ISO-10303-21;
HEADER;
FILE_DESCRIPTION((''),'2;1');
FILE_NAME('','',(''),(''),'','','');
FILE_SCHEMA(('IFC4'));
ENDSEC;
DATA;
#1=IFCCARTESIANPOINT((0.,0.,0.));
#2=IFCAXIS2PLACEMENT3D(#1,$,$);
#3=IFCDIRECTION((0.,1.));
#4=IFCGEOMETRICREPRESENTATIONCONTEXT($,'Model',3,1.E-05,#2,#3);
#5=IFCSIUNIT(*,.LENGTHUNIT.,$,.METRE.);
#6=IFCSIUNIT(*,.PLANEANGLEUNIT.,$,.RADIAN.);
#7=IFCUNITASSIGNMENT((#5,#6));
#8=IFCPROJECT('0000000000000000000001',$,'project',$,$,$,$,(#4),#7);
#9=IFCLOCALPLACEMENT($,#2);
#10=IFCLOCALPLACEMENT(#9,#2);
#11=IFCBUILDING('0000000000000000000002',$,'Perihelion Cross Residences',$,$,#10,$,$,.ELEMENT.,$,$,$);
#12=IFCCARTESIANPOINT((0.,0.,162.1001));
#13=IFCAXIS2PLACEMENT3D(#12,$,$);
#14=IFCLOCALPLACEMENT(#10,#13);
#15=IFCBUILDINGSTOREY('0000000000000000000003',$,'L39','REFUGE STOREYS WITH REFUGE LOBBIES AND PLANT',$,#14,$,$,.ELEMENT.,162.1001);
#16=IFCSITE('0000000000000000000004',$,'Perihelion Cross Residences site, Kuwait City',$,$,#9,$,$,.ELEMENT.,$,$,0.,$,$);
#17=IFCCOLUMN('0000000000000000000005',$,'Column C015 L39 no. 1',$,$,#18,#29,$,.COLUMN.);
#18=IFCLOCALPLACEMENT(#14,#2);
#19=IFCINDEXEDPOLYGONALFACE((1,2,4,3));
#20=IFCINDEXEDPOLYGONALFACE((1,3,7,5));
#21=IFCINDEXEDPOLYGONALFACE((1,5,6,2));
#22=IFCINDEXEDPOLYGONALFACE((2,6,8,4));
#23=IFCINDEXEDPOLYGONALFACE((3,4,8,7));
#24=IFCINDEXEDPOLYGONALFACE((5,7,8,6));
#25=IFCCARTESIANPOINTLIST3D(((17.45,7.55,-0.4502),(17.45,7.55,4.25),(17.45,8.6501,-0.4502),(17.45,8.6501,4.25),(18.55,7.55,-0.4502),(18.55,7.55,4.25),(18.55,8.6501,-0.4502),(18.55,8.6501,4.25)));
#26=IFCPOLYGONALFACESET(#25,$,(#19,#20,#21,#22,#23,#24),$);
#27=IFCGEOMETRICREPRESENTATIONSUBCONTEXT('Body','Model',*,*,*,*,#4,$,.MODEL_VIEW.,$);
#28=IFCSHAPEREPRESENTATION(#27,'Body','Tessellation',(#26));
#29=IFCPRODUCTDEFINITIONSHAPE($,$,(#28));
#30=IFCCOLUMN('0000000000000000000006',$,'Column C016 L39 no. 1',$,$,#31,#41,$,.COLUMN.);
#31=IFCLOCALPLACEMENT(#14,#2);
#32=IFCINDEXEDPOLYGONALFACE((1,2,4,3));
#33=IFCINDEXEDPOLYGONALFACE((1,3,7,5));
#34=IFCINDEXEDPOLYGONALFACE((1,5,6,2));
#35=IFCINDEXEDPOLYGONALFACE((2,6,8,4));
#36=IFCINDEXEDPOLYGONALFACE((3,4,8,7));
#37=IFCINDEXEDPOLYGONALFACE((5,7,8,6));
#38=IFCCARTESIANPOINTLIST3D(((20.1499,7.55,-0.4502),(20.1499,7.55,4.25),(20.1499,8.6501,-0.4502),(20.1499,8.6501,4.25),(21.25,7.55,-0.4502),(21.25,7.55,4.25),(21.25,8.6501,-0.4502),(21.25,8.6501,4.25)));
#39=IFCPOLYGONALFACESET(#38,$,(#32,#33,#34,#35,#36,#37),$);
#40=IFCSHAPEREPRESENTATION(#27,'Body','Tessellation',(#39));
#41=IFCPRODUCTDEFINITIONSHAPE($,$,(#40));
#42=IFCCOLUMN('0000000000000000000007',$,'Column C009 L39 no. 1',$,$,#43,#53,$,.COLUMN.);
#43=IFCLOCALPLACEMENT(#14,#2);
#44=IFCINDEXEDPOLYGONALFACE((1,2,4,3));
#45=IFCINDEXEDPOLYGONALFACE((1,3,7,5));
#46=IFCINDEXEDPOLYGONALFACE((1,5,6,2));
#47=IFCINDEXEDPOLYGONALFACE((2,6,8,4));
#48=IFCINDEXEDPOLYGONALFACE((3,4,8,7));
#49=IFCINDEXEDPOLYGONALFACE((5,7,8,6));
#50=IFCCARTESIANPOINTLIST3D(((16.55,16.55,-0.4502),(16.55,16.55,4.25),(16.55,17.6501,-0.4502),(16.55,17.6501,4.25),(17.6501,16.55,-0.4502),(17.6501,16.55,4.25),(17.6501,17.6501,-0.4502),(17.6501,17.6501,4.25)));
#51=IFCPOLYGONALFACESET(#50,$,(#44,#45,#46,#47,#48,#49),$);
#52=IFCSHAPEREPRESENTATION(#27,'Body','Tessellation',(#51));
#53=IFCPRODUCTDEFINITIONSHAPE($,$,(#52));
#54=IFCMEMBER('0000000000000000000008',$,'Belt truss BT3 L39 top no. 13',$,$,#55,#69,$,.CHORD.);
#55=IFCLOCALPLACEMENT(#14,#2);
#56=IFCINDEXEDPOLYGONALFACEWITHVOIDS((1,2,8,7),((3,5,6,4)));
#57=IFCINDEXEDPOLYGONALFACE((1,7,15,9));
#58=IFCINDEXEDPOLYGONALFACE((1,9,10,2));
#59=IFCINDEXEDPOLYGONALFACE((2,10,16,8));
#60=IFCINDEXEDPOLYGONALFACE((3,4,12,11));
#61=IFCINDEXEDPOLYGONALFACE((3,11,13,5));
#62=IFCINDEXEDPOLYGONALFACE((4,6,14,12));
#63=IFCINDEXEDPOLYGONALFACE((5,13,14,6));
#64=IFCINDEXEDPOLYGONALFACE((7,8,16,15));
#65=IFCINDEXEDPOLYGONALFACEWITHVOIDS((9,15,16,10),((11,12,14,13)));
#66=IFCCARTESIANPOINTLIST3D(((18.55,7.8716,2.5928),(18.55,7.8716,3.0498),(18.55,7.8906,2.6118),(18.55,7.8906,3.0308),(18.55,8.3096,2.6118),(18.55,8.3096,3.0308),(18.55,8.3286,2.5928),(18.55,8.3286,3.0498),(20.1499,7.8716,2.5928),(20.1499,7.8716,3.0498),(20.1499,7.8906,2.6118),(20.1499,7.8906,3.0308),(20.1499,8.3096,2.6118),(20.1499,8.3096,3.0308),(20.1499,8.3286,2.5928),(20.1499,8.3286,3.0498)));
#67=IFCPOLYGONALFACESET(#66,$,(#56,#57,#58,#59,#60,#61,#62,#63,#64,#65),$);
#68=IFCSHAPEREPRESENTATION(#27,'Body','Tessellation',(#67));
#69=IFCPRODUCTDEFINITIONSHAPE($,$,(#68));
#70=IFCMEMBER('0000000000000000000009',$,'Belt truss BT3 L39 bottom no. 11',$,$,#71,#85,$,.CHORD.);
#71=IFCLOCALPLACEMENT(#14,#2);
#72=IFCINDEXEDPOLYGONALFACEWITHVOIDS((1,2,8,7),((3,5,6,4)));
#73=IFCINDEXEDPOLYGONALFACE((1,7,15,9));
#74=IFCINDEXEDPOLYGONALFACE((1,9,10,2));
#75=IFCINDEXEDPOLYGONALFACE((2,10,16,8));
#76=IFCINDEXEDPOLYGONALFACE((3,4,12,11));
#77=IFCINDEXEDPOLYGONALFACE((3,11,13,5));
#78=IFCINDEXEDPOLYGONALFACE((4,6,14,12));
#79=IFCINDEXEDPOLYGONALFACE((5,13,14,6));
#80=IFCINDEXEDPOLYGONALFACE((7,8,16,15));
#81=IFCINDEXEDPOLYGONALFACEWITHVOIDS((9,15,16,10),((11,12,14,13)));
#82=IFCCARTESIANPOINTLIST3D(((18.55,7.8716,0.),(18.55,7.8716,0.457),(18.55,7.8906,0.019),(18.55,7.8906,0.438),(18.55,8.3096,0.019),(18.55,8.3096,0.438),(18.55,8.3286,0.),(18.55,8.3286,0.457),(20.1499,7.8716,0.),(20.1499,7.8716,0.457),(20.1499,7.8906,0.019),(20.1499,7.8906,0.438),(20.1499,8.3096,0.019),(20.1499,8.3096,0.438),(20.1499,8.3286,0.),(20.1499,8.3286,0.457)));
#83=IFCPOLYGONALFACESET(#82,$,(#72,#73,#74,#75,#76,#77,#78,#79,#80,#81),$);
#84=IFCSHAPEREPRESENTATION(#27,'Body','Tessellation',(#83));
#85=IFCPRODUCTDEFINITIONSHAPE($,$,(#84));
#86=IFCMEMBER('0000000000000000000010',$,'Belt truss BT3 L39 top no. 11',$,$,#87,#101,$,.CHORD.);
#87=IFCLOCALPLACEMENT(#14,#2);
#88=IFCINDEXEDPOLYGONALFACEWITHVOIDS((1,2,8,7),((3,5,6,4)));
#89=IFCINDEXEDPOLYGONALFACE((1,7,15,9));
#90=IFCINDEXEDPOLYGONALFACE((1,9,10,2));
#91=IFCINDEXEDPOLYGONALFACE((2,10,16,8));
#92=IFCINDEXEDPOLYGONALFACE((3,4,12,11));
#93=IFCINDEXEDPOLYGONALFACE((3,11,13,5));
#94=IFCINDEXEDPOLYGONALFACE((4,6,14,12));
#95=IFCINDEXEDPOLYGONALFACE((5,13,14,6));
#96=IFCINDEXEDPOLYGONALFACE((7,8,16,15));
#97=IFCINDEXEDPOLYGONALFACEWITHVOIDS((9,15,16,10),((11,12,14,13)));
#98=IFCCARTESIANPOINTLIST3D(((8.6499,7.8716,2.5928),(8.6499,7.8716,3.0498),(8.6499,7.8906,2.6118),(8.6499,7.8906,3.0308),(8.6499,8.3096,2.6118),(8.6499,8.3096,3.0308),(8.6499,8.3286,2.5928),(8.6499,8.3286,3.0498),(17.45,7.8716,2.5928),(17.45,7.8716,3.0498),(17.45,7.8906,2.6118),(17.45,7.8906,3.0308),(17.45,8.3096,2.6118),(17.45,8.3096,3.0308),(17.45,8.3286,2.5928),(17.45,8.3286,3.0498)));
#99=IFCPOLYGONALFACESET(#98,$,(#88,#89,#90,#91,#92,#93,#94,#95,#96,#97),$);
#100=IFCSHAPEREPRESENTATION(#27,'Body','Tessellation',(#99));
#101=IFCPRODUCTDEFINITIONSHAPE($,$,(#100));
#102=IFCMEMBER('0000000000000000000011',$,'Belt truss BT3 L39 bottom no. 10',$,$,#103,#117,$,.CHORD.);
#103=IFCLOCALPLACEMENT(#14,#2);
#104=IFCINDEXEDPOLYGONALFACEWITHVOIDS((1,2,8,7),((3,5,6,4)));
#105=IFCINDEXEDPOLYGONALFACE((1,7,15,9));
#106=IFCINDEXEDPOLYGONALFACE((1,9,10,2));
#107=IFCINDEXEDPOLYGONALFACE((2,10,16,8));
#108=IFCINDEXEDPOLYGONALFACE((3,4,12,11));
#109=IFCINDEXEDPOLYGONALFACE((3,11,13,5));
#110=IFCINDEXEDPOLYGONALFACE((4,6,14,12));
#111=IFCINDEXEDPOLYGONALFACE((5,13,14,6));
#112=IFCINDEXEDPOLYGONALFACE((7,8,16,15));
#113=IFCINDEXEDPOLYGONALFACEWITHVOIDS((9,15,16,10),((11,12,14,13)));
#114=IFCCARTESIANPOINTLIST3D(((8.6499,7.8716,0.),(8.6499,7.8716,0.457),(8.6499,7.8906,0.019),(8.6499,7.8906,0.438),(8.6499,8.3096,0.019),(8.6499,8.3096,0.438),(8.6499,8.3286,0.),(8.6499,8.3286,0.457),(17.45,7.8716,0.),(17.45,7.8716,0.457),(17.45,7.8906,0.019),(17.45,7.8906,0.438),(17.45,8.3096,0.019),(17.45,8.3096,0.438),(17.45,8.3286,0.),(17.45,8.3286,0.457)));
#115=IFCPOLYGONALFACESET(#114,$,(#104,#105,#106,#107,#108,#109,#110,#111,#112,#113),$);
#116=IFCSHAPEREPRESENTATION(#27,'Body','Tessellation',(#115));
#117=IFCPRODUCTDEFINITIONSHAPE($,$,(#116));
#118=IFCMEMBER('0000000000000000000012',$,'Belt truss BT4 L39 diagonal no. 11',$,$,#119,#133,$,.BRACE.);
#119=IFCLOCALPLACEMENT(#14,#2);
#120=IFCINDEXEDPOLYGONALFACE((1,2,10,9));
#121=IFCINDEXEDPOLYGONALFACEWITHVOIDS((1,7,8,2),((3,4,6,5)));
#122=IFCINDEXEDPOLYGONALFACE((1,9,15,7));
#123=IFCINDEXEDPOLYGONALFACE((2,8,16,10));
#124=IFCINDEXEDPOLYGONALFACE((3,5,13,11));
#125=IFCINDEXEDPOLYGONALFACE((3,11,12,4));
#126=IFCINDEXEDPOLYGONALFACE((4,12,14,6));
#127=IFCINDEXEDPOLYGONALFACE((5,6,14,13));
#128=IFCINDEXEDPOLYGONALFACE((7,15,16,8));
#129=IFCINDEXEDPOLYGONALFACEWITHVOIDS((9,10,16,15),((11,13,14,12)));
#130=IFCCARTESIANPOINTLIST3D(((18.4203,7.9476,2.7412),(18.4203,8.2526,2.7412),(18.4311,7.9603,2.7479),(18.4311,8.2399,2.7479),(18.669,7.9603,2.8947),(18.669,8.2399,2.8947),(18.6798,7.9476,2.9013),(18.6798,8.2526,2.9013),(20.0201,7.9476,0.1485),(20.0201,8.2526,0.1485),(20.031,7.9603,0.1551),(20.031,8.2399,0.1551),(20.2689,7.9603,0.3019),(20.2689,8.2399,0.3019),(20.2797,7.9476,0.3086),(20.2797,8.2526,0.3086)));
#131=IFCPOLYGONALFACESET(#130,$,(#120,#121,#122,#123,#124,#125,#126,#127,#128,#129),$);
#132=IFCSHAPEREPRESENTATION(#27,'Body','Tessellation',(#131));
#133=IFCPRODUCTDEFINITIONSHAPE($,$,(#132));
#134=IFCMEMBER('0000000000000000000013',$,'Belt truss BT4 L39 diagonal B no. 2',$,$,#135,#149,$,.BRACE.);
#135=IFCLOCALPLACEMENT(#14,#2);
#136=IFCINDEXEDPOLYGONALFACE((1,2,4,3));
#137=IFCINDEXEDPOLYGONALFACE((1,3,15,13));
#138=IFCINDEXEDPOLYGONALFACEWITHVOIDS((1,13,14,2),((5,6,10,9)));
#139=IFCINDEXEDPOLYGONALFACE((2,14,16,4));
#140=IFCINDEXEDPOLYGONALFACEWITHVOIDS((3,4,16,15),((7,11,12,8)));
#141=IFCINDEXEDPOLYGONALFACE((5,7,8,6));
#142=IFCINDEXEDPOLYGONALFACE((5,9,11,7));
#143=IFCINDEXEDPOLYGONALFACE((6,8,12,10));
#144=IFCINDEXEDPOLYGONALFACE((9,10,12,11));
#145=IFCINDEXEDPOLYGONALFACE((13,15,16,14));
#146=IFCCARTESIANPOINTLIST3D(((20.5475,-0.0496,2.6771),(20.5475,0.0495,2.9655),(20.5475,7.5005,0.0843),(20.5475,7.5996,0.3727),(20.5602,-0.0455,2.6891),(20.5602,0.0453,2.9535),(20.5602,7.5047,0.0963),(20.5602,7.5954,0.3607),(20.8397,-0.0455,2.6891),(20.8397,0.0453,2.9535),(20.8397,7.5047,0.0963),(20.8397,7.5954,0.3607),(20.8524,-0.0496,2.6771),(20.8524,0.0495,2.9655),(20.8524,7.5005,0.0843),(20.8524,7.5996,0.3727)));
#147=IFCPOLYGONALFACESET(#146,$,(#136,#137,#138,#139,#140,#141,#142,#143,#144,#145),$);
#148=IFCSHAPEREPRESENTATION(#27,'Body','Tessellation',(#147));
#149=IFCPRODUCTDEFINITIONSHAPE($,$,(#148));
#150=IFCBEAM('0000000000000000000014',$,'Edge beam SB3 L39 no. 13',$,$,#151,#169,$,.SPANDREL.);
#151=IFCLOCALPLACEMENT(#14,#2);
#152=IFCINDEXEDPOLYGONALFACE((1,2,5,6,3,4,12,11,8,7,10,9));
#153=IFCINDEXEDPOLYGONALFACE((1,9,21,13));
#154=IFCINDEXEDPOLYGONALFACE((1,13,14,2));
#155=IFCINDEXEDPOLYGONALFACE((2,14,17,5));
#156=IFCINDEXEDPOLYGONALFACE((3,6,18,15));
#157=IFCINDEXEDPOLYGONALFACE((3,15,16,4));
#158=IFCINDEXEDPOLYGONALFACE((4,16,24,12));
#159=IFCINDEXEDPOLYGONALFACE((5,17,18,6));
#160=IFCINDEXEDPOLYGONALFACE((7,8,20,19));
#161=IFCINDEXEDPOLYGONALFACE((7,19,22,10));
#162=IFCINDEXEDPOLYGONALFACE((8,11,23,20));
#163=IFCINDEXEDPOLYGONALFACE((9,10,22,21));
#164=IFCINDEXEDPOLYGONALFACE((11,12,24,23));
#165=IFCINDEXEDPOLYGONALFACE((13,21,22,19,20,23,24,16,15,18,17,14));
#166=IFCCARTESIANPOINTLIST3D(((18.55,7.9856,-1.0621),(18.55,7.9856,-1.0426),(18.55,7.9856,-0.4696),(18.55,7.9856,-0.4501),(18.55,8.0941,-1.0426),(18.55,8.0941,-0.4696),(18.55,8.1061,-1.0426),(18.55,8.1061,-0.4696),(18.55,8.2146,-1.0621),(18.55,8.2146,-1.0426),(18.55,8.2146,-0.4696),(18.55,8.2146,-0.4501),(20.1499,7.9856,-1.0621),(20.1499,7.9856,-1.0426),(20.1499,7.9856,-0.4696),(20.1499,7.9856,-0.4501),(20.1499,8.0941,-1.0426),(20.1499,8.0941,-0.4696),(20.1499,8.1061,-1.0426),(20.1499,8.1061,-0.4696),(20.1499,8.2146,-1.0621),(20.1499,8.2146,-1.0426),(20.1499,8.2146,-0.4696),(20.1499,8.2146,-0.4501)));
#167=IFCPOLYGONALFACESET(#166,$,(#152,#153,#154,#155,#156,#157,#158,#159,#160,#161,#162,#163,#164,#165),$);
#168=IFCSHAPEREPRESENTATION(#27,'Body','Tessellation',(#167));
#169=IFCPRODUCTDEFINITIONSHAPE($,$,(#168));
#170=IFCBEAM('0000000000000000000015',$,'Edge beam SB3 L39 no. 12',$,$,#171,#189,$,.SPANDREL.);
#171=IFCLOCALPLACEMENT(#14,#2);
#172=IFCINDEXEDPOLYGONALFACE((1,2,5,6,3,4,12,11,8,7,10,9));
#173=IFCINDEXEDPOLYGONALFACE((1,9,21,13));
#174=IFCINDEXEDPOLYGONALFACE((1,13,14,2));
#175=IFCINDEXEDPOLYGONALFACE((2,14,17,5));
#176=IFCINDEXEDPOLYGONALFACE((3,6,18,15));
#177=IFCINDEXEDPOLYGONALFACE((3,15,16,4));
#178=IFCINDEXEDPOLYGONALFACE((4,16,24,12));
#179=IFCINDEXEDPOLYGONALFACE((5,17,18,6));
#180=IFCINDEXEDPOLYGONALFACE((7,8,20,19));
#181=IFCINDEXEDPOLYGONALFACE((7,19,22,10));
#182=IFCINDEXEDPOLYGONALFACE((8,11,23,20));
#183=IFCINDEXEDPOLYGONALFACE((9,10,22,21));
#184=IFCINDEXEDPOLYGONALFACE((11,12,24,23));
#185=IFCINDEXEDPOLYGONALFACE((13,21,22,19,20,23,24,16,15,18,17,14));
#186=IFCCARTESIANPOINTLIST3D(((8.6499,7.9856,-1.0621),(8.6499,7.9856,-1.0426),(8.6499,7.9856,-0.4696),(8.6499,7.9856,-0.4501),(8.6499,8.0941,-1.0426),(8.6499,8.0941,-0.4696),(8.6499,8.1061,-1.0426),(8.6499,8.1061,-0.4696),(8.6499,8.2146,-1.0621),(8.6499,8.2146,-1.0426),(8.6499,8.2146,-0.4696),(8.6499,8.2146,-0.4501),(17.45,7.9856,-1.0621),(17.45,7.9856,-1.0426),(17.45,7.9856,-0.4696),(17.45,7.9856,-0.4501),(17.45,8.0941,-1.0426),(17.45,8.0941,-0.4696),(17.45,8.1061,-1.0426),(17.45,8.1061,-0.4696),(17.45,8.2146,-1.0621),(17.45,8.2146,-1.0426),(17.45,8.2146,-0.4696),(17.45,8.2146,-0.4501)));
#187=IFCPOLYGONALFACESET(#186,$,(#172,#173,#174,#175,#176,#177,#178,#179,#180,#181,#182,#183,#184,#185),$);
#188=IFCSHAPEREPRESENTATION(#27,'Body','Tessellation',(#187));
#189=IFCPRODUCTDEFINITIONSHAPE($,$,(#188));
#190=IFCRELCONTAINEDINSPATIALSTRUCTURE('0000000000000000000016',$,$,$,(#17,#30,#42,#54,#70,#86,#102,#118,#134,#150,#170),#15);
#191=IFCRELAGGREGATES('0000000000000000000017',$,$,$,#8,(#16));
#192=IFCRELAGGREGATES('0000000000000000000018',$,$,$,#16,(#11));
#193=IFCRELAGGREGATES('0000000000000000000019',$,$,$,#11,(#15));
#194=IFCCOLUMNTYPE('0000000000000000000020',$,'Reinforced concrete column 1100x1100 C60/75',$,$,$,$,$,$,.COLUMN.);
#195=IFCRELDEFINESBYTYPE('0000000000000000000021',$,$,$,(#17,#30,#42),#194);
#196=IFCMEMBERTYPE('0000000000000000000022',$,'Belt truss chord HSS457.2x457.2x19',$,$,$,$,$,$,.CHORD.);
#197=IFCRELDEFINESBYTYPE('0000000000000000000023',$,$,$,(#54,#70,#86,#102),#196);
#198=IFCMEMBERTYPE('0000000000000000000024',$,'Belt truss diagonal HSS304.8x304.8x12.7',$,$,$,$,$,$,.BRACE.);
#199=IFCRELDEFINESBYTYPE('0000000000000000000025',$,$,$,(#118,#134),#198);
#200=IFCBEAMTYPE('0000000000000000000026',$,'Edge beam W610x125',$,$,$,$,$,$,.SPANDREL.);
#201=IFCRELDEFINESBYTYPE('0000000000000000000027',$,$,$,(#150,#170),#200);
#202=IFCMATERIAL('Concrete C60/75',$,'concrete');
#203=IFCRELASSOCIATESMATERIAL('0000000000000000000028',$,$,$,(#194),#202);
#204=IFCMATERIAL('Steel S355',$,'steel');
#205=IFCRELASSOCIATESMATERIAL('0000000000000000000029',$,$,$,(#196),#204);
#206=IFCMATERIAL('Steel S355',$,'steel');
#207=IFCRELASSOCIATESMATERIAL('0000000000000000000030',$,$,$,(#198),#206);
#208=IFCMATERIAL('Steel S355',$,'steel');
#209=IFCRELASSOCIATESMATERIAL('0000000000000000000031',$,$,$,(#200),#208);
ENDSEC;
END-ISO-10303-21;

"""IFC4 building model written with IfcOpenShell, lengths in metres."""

from ifc_helpers import new_model, si_unit, direction, frame, origin, origin_2d, place, context, subcontext, project, spatial, rectangle, hollow_rectangle, i_section, extrude, material, material_profile, profile_set, type_object, element, save


model = new_model("IFC4")

# Units and contexts
model_context = context("Model", 3, precision=1e-05, world=origin(), true_north=direction((0.0, 1.0)))
body_context = subcontext(model_context, "Body", "Model", "MODEL_VIEW")
ifc_project = project(units=[si_unit("LENGTHUNIT", "METRE"), si_unit("PLANEANGLEUNIT", "RADIAN")], contexts=[model_context])

# Site, building, storey
site_placement = place(None, origin())
site = spatial("IfcSite", under=ifc_project, at=site_placement, Name="Perihelion Cross Residences site, Kuwait City", CompositionType="ELEMENT", RefElevation=0.0)
building_placement = place(site_placement, origin())
building = spatial("IfcBuilding", under=site, at=building_placement, Name="Perihelion Cross Residences", CompositionType="ELEMENT")
storey_placement = place(building_placement, frame((0.0, 0.0, 162.1001)))
storey = spatial("IfcBuildingStorey", under=building, at=storey_placement, Name="L39", Description="REFUGE STOREYS WITH REFUGE LOBBIES AND PLANT", CompositionType="ELEMENT", Elevation=162.1001)

# Columns
ifc_material_1 = material(Name="Concrete C60/75", Category="concrete")
ifc_material_profile_1 = material_profile(ifc_material_1, rectangle(XDim=1.1001, YDim=1.1001, at=origin_2d()), Name="RC 1100x1100")
ifc_profile_set_1 = profile_set([ifc_material_profile_1], Name="Concrete C60/75")
column_type = type_object("IfcColumnType", Name="Reinforced concrete column 1100x1100 C60/75", PredefinedType="COLUMN", material=ifc_profile_set_1)
for number, where, z_axis, x_axis, name in (
    (1, (18.0, 8.1001, -0.4502), (0.0, 0.0, 1.0), (1.0, 0.0, 0.0), "Column C015 L39 no. 1"),
    (2, (20.7, 8.1001, -0.4502), (0.0, 0.0, 1.0), (1.0, 0.0, 0.0), "Column C016 L39 no. 1"),
    (3, (17.1001, 17.1001, -0.4502), (0.0, 0.0, 1.0), (1.0, 0.0, 0.0), "Column C009 L39 no. 1"),
):
    element("IfcColumn", number, at=place(storey_placement, frame(where, z_axis=z_axis, x_axis=x_axis)), inside=storey, type_object=column_type, Name=name, PredefinedType="COLUMN", context=body_context, shape_type="SweptSolid", body=[
        extrude(rectangle(XDim=1.1001, YDim=1.1001, at=origin_2d()), origin(), (0.0, 0.0, 1.0), 4.7002),
    ])

# Members
ifc_material_2 = material(Name="Steel S355", Category="steel")
ifc_material_profile_2 = material_profile(ifc_material_2, hollow_rectangle(XDim=0.457, YDim=0.457, WallThickness=0.019, at=origin_2d()), Name="HSS457.2x457.2x19")
ifc_profile_set_2 = profile_set([ifc_material_profile_2], Name="Steel S355")
member_type_1 = type_object("IfcMemberType", Name="Belt truss chord HSS457.2x457.2x19", PredefinedType="CHORD", material=ifc_profile_set_2)
for number, where, z_axis, x_axis, name in (
    (4, (20.1499, 8.1001, 2.8213), (-1.0, 0.0, 0.0), (0.0, -1.0, 0.0), "Belt truss BT3 L39 top no. 13"),
    (5, (20.1499, 8.1001, 0.2285), (-1.0, 0.0, 0.0), (0.0, -1.0, 0.0), "Belt truss BT3 L39 bottom no. 11"),
):
    element("IfcMember", number, at=place(storey_placement, frame(where, z_axis=z_axis, x_axis=x_axis)), inside=storey, type_object=member_type_1, Name=name, PredefinedType="CHORD", context=body_context, shape_type="SweptSolid", body=[
        extrude(hollow_rectangle(XDim=0.457, YDim=0.457, WallThickness=0.019, at=origin_2d()), origin(), (0.0, 0.0, 1.0), 1.5999),
    ])
for number, where, z_axis, x_axis, name in (
    (6, (17.45, 8.1001, 2.8213), (-1.0, 0.0, 0.0), (0.0, -1.0, 0.0), "Belt truss BT3 L39 top no. 11"),
    (7, (17.45, 8.1001, 0.2285), (-1.0, 0.0, 0.0), (0.0, -1.0, 0.0), "Belt truss BT3 L39 bottom no. 10"),
):
    element("IfcMember", number, at=place(storey_placement, frame(where, z_axis=z_axis, x_axis=x_axis)), inside=storey, type_object=member_type_1, Name=name, PredefinedType="CHORD", context=body_context, shape_type="SweptSolid", body=[
        extrude(hollow_rectangle(XDim=0.457, YDim=0.457, WallThickness=0.019, at=origin_2d()), origin(), (0.0, 0.0, 1.0), 8.8),
    ])
ifc_material_3 = material(Name="Steel S355", Category="steel")
ifc_material_profile_3 = material_profile(ifc_material_3, hollow_rectangle(XDim=0.3049, YDim=0.3049, WallThickness=0.0127, at=origin_2d()), Name="HSS304.8x304.8x12.7")
ifc_profile_set_3 = profile_set([ifc_material_profile_3], Name="Steel S355")
member_type_2 = type_object("IfcMemberType", Name="Belt truss diagonal HSS304.8x304.8x12.7", PredefinedType="BRACE", material=ifc_profile_set_3)
member_1_placement = place(storey_placement, frame((20.1499, 8.1001, 0.2285), z_axis=(-0.525121, 0.0, 0.851028), x_axis=(0.0, -1.0, 0.0)))
element("IfcMember", 8, at=member_1_placement, inside=storey, type_object=member_type_2, Name="Belt truss BT4 L39 diagonal no. 11", PredefinedType="BRACE", context=body_context, shape_type="SweptSolid", body=[
    extrude(hollow_rectangle(XDim=0.3049, YDim=0.3049, WallThickness=0.0127, at=origin_2d()), origin(), (0.0, 0.0, 1.0), 3.0466),
])
member_2_placement = place(storey_placement, frame((20.7, 7.55, 0.2285), z_axis=(0.0, -0.945785, 0.324793), x_axis=(1.0, 0.0, 0.0)))
element("IfcMember", 9, at=member_2_placement, inside=storey, type_object=member_type_2, Name="Belt truss BT4 L39 diagonal B no. 2", PredefinedType="BRACE", context=body_context, shape_type="SweptSolid", body=[
    extrude(hollow_rectangle(XDim=0.3049, YDim=0.3049, WallThickness=0.0127, at=origin_2d()), origin(), (0.0, 0.0, 1.0), 7.9829),
])

# Beams
ifc_material_4 = material(Name="Steel S355", Category="steel")
ifc_material_profile_4 = material_profile(ifc_material_4, i_section(OverallWidth=0.229, OverallDepth=0.6121, WebThickness=0.012, FlangeThickness=0.0195, at=origin_2d()), Name="W610x125")
ifc_profile_set_4 = profile_set([ifc_material_profile_4], Name="Steel S355")
beam_type = type_object("IfcBeamType", Name="Edge beam W610x125", PredefinedType="SPANDREL", material=ifc_profile_set_4)
beam_1_placement = place(storey_placement, frame((20.1499, 8.1001, -0.7561), z_axis=(-1.0, 0.0, 0.0), x_axis=(0.0, -1.0, 0.0)))
element("IfcBeam", 10, at=beam_1_placement, inside=storey, type_object=beam_type, Name="Edge beam SB3 L39 no. 13", PredefinedType="SPANDREL", context=body_context, shape_type="SweptSolid", body=[
    extrude(i_section(OverallWidth=0.229, OverallDepth=0.6121, WebThickness=0.012, FlangeThickness=0.0195, at=origin_2d()), origin(), (0.0, 0.0, 1.0), 1.5999),
])
beam_2_placement = place(storey_placement, frame((17.45, 8.1001, -0.7561), z_axis=(-1.0, 0.0, 0.0), x_axis=(0.0, -1.0, 0.0)))
element("IfcBeam", 11, at=beam_2_placement, inside=storey, type_object=beam_type, Name="Edge beam SB3 L39 no. 12", PredefinedType="SPANDREL", context=body_context, shape_type="SweptSolid", body=[
    extrude(i_section(OverallWidth=0.229, OverallDepth=0.6121, WebThickness=0.012, FlangeThickness=0.0195, at=origin_2d()), origin(), (0.0, 0.0, 1.0), 8.8),
])

save(model, "model.ifc")
